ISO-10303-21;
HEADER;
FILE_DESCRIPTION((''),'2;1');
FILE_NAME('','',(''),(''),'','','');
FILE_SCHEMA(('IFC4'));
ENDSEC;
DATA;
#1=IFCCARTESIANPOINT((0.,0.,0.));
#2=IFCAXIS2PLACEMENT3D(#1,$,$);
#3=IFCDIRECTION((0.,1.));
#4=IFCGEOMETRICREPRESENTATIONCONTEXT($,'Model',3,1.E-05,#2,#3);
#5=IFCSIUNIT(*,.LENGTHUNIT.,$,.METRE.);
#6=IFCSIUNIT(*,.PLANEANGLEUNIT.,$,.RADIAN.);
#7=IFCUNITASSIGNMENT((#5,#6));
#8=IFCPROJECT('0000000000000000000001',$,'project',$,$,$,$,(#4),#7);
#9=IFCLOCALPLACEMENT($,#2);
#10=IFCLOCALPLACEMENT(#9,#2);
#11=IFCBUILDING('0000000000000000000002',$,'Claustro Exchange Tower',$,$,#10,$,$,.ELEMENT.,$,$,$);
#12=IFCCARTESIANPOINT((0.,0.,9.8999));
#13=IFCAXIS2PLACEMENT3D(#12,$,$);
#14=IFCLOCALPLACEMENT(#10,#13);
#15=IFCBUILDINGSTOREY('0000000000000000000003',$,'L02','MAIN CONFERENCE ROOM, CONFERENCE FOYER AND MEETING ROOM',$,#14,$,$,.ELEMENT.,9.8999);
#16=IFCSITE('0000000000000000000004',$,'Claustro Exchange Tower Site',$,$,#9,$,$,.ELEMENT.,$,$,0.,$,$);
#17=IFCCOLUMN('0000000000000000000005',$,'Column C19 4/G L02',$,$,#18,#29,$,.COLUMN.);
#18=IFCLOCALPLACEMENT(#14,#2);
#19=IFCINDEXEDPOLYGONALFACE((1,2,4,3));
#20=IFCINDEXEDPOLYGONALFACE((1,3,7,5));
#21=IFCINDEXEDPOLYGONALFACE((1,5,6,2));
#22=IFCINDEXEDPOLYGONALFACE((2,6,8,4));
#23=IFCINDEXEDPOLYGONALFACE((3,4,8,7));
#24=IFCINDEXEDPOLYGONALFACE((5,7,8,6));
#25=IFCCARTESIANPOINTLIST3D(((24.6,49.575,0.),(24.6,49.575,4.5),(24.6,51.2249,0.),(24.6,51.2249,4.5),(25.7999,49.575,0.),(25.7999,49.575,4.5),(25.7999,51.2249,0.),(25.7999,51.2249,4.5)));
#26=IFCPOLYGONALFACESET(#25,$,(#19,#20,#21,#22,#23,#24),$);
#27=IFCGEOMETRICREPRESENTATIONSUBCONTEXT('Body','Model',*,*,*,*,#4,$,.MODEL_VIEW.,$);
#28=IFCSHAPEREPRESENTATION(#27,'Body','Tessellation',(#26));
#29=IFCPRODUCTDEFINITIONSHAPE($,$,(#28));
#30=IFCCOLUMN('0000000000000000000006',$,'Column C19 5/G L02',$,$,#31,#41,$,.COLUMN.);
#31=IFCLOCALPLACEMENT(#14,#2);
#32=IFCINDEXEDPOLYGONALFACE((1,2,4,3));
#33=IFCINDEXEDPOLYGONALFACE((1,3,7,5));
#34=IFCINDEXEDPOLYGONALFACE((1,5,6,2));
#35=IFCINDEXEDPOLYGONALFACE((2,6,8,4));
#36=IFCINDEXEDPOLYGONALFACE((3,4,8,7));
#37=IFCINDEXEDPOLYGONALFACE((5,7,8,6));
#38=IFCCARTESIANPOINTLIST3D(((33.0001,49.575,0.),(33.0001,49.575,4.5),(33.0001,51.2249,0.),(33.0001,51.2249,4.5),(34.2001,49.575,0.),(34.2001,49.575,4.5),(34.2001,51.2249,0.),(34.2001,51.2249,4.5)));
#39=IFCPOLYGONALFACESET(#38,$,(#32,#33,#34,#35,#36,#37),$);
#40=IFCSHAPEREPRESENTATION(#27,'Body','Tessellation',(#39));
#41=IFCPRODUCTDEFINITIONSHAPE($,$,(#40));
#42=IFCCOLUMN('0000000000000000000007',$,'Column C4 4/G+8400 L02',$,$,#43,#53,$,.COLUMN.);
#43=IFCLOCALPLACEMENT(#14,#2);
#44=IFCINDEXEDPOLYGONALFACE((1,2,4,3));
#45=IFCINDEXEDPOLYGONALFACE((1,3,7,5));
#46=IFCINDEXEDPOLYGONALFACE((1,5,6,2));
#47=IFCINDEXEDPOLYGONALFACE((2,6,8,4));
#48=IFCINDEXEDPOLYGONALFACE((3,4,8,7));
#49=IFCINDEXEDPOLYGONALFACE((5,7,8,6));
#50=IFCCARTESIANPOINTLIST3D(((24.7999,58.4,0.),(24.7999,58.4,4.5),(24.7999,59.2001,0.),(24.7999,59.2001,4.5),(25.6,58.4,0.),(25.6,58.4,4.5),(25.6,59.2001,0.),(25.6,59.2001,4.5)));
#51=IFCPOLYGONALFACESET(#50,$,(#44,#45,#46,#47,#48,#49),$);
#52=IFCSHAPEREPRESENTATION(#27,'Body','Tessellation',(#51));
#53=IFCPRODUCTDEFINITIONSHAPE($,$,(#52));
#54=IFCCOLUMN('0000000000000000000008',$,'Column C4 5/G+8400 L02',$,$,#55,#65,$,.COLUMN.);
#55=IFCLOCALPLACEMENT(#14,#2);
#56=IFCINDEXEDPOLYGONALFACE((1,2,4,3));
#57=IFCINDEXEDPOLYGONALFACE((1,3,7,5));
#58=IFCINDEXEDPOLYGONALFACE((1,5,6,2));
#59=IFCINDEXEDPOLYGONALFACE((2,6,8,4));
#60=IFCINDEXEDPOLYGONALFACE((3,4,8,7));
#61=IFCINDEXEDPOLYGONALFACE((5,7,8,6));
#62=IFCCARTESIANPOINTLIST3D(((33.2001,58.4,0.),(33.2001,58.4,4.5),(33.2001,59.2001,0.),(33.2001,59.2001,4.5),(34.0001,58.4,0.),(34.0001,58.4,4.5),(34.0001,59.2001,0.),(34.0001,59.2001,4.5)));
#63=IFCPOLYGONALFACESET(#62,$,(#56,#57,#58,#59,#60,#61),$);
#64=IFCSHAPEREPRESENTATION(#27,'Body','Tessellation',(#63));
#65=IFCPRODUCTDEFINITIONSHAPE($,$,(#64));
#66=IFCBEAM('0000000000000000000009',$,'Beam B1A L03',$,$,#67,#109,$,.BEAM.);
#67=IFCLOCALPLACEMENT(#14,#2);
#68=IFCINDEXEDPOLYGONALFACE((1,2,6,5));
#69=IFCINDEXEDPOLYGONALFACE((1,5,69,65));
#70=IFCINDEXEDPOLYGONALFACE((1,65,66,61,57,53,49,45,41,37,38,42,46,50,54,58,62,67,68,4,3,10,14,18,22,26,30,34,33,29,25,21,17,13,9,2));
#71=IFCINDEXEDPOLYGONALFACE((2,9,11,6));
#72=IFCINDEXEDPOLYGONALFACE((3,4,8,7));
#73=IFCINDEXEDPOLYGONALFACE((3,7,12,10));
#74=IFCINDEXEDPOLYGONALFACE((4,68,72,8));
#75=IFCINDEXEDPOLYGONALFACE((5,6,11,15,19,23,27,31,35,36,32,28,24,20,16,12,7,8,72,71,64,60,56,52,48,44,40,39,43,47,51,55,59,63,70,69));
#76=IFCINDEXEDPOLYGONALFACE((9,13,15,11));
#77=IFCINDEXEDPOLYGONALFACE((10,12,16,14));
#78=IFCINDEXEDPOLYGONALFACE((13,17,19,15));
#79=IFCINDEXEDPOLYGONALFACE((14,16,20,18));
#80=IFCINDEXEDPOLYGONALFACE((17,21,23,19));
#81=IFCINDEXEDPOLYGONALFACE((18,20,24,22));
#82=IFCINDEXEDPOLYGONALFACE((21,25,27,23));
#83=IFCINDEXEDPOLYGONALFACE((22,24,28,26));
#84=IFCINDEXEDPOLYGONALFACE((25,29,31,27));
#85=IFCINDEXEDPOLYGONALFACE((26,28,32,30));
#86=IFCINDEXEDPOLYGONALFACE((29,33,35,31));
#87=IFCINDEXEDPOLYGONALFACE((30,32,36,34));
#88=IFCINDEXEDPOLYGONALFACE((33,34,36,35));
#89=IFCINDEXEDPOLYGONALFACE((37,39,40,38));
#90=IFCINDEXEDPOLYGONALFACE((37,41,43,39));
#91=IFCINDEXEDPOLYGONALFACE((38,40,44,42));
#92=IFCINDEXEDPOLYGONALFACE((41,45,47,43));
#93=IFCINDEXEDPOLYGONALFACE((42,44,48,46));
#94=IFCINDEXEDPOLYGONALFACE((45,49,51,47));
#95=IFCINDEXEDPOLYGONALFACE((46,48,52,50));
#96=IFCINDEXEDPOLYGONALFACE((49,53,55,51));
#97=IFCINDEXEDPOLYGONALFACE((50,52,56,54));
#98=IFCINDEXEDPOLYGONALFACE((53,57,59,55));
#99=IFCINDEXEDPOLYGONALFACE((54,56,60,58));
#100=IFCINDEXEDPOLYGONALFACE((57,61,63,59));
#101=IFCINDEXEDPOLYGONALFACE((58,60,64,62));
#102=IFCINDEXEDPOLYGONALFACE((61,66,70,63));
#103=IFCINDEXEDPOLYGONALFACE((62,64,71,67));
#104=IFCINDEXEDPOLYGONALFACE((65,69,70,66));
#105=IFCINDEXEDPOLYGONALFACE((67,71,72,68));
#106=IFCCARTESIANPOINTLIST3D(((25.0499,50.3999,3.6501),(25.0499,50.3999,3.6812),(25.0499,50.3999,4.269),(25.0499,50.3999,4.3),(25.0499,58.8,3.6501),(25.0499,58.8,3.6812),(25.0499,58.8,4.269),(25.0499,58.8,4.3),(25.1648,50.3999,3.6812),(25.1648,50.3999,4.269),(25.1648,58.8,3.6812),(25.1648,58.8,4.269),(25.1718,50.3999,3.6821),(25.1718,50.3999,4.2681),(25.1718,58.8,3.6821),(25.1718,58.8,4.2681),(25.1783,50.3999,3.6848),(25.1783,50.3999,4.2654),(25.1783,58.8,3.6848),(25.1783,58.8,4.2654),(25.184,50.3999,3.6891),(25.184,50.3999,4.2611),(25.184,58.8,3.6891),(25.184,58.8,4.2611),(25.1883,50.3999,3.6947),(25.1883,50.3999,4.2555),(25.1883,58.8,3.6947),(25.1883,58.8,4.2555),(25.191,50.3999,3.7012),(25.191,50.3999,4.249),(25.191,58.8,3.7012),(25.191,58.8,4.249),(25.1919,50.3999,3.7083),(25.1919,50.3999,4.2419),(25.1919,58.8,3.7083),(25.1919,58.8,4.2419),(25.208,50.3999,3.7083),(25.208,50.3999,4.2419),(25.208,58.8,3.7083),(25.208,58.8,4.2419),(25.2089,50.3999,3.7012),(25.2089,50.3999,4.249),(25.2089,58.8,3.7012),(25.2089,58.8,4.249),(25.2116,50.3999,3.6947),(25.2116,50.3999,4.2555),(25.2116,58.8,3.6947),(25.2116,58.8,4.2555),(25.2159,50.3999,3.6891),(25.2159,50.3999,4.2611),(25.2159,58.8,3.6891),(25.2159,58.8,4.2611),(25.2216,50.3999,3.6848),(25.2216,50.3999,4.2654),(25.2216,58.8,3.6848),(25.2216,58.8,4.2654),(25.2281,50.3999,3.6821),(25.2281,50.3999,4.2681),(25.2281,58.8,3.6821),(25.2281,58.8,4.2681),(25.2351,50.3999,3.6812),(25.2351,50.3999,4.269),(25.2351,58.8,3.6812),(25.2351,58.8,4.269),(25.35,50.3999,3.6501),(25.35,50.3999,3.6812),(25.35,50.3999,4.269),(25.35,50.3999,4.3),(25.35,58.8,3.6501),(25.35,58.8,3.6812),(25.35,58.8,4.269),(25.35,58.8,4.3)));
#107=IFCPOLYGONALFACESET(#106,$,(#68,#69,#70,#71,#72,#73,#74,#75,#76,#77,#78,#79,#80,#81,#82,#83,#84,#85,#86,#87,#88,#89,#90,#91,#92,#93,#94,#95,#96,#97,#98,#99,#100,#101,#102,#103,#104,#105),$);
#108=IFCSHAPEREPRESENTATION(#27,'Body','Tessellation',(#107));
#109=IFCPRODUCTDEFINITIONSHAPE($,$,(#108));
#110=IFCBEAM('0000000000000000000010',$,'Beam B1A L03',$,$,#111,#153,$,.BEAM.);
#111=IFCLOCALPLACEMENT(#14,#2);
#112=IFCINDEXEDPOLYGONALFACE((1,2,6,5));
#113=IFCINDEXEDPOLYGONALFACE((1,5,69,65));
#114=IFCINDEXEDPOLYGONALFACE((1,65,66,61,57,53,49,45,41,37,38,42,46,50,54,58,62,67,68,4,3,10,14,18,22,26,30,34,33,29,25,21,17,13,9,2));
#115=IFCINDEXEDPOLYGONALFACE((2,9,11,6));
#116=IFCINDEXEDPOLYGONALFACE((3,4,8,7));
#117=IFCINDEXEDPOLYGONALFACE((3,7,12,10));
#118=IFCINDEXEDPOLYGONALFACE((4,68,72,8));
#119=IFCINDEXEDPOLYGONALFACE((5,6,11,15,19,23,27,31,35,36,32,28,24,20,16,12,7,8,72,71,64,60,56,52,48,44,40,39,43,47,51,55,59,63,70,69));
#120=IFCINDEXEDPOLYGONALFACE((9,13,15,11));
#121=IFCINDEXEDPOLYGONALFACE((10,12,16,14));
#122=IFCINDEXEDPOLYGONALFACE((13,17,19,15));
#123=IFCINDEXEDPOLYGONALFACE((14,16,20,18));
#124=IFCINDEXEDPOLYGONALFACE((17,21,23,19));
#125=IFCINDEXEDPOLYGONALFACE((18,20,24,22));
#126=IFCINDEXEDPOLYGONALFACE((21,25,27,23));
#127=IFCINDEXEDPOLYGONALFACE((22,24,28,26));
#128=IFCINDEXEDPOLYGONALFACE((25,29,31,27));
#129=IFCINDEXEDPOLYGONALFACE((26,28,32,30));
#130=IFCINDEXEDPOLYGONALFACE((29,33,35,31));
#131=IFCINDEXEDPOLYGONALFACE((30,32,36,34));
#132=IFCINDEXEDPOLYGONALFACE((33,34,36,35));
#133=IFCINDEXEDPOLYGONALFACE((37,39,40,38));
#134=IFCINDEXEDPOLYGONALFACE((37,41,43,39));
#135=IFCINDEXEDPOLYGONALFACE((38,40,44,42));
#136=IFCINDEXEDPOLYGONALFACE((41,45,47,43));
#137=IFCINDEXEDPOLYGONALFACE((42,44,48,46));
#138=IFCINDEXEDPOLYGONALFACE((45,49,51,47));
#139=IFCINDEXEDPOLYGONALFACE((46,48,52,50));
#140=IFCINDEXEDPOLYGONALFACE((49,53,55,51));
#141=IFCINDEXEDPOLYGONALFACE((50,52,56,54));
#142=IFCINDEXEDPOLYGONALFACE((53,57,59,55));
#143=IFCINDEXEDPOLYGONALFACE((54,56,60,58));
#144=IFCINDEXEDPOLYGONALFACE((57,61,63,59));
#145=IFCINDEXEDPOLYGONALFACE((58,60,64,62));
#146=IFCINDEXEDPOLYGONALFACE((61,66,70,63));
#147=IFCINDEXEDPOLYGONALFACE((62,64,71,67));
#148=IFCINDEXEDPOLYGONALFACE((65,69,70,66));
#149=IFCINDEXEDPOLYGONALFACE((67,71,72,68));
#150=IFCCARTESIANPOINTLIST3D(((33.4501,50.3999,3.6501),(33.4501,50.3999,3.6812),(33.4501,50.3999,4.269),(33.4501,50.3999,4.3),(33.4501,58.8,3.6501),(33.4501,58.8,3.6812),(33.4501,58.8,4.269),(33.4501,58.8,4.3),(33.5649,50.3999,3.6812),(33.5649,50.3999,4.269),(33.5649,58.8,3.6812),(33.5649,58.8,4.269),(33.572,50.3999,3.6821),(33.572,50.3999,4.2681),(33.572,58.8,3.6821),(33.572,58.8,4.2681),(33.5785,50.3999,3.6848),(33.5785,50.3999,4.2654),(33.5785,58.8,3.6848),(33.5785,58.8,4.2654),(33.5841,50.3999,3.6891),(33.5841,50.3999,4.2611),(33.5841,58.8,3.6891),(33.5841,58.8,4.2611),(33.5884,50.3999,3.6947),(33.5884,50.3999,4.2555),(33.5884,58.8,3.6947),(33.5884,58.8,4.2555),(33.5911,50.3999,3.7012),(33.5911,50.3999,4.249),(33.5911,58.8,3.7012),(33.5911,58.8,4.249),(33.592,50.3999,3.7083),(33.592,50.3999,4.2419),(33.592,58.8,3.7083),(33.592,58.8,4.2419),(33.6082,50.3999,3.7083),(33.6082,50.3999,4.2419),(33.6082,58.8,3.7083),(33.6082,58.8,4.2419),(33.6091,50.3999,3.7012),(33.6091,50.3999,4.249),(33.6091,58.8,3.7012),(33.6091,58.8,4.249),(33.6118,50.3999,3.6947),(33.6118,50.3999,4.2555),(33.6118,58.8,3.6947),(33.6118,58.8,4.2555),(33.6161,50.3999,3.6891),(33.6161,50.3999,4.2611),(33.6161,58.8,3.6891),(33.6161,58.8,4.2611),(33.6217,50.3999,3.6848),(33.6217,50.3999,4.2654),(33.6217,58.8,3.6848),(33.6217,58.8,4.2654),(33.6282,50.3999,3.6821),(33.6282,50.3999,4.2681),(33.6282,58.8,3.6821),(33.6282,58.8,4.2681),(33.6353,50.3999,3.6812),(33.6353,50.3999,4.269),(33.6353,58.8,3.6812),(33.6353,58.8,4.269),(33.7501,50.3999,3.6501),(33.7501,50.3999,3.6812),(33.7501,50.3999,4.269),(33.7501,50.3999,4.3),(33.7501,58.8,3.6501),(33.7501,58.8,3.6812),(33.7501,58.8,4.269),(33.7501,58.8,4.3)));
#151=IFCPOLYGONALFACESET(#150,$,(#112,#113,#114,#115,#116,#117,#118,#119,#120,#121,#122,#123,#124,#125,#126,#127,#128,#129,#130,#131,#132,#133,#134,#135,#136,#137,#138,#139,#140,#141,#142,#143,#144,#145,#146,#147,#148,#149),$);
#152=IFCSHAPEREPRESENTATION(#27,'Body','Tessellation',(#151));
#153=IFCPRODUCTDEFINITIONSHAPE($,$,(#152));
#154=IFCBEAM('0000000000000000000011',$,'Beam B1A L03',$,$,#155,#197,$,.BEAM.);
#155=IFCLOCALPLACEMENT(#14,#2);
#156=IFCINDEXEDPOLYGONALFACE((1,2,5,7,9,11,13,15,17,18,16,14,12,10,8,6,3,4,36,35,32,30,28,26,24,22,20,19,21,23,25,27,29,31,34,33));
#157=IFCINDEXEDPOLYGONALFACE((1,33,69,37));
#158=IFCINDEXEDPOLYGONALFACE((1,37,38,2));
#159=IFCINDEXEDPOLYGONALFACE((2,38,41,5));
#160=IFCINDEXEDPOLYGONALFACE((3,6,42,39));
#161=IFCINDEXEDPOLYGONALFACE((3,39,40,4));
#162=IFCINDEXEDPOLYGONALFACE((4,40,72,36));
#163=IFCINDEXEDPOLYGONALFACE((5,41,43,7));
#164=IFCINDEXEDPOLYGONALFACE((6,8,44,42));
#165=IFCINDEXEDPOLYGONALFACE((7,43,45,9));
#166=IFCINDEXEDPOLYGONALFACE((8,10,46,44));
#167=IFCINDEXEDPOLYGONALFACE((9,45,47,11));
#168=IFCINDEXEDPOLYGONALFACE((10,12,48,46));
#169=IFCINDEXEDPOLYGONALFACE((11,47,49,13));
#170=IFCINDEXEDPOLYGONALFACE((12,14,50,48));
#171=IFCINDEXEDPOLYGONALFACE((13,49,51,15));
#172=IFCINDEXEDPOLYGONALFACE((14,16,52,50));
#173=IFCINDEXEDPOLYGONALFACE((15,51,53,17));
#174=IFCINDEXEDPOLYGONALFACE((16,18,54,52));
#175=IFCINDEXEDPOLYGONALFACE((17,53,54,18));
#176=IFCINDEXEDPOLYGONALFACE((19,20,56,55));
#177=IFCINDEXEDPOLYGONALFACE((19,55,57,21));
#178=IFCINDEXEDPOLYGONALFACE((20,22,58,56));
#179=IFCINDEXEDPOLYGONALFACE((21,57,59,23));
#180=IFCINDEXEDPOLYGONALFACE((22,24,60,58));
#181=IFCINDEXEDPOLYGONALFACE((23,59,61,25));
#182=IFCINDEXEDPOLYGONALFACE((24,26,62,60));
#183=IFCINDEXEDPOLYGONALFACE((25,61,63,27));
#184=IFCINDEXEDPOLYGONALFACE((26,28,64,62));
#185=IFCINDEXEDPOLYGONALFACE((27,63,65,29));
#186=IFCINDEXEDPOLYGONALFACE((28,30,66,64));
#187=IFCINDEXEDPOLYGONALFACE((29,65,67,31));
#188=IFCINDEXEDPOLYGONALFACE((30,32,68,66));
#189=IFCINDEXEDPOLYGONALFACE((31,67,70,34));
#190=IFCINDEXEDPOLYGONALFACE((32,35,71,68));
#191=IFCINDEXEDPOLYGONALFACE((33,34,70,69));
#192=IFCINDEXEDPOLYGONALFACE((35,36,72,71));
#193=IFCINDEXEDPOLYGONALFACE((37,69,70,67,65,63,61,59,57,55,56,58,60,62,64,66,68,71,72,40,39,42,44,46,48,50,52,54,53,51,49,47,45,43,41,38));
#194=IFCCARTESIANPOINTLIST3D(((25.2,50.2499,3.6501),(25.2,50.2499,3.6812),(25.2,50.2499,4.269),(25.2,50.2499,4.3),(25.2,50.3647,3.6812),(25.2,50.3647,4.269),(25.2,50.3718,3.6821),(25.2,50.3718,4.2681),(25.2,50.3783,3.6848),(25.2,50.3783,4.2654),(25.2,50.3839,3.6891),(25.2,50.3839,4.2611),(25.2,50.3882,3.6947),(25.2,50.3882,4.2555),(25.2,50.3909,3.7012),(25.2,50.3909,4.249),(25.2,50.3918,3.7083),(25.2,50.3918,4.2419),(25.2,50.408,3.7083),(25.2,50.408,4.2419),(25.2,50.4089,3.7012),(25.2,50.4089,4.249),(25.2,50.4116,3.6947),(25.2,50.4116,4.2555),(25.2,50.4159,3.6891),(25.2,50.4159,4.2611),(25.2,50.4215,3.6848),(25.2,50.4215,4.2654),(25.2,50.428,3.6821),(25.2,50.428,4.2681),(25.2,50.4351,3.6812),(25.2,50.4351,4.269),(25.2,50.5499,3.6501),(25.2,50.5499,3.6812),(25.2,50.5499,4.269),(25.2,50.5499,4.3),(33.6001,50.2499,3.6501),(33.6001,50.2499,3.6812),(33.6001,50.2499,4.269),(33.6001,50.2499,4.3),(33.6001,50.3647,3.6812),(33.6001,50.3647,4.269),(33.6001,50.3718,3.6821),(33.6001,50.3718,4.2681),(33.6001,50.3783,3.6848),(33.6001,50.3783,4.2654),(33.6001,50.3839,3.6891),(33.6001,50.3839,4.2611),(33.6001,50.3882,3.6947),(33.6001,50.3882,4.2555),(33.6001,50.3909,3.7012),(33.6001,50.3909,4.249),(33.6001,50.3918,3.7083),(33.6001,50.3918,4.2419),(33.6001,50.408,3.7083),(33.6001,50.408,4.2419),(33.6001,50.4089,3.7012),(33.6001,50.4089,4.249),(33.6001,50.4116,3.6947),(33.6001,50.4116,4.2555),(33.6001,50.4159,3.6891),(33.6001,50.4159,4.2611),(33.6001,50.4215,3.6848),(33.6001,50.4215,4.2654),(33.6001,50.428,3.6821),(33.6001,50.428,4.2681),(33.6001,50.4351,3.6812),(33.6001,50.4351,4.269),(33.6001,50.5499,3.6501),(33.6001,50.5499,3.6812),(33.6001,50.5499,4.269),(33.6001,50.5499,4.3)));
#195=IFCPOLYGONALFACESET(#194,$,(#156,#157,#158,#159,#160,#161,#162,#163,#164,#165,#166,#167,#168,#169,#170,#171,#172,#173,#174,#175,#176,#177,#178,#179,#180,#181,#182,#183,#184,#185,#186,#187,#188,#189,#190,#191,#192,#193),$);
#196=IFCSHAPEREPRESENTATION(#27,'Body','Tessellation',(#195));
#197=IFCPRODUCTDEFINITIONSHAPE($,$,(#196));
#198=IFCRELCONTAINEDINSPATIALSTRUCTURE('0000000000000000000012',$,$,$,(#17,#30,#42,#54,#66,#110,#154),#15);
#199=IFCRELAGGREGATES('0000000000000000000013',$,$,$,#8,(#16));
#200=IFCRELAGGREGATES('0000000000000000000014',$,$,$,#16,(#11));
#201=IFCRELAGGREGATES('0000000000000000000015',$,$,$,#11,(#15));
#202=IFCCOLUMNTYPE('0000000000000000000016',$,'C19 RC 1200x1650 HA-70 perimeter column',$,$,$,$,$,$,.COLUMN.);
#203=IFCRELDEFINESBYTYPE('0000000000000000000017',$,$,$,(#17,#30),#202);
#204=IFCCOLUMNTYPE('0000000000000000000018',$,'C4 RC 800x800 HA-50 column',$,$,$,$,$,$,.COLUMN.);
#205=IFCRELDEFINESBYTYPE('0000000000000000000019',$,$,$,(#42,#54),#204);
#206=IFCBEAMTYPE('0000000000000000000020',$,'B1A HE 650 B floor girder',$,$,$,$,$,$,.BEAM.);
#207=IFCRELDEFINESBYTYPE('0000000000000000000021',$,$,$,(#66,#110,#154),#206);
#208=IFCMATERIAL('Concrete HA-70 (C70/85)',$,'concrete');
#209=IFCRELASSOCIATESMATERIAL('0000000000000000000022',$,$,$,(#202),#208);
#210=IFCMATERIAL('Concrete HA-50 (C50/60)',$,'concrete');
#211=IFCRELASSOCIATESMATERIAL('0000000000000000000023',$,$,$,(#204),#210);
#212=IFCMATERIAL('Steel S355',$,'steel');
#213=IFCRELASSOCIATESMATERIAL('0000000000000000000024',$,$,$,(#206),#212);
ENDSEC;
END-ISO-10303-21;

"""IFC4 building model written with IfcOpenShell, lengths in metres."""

from ifc_helpers import new_model, si_unit, direction, frame, origin, origin_2d, place, context, subcontext, project, spatial, rectangle, i_section, extrude, material, material_profile, profile_set, type_object, element, save


model = new_model("IFC4")

# Units and contexts
model_context = context("Model", 3, precision=1e-05, world=origin(), true_north=direction((0.0, 1.0)))
body_context = subcontext(model_context, "Body", "Model", "MODEL_VIEW")
ifc_project = project(units=[si_unit("LENGTHUNIT", "METRE"), si_unit("PLANEANGLEUNIT", "RADIAN")], contexts=[model_context])

# Site, building, storey
site_placement = place(None, origin())
site = spatial("IfcSite", under=ifc_project, at=site_placement, Name="Claustro Exchange Tower Site", CompositionType="ELEMENT", RefElevation=0.0)
building_placement = place(site_placement, origin())
building = spatial("IfcBuilding", under=site, at=building_placement, Name="Claustro Exchange Tower", CompositionType="ELEMENT")
storey_placement = place(building_placement, frame((0.0, 0.0, 9.8999)))
storey = spatial("IfcBuildingStorey", under=building, at=storey_placement, Name="L02", Description="MAIN CONFERENCE ROOM, CONFERENCE FOYER AND MEETING ROOM", CompositionType="ELEMENT", Elevation=9.8999)

# Columns
ifc_material_1 = material(Name="Concrete HA-70 (C70/85)", Category="concrete")
ifc_material_profile_1 = material_profile(ifc_material_1, rectangle(XDim=1.2, YDim=1.6499, at=origin_2d()), Name="RC 1200x1650")
ifc_profile_set_1 = profile_set([ifc_material_profile_1], Name="Concrete HA-70 (C70/85)")
column_type_1 = type_object("IfcColumnType", Name="C19 RC 1200x1650 HA-70 perimeter column", PredefinedType="COLUMN", material=ifc_profile_set_1)
for number, where, z_axis, x_axis, name in (
    (1, (25.2, 50.3999, 0.0), (0.0, 0.0, 1.0), (1.0, 0.0, 0.0), "Column C19 4/G L02"),
    (2, (33.6001, 50.3999, 0.0), (0.0, 0.0, 1.0), (1.0, 0.0, 0.0), "Column C19 5/G L02"),
):
    element("IfcColumn", number, at=place(storey_placement, frame(where, z_axis=z_axis, x_axis=x_axis)), inside=storey, type_object=column_type_1, Name=name, PredefinedType="COLUMN", context=body_context, shape_type="SweptSolid", body=[
        extrude(rectangle(XDim=1.2, YDim=1.6499, at=origin_2d()), origin(), (0.0, 0.0, 1.0), 4.5),
    ])
ifc_material_2 = material(Name="Concrete HA-50 (C50/60)", Category="concrete")
ifc_material_profile_2 = material_profile(ifc_material_2, rectangle(XDim=0.8, YDim=0.8, at=origin_2d()), Name="RC 800x800")
ifc_profile_set_2 = profile_set([ifc_material_profile_2], Name="Concrete HA-50 (C50/60)")
column_type_2 = type_object("IfcColumnType", Name="C4 RC 800x800 HA-50 column", PredefinedType="COLUMN", material=ifc_profile_set_2)
for number, where, z_axis, x_axis, name in (
    (3, (25.2, 58.8, 0.0), (0.0, 0.0, 1.0), (1.0, 0.0, 0.0), "Column C4 4/G+8400 L02"),
    (4, (33.6001, 58.8, 0.0), (0.0, 0.0, 1.0), (1.0, 0.0, 0.0), "Column C4 5/G+8400 L02"),
):
    element("IfcColumn", number, at=place(storey_placement, frame(where, z_axis=z_axis, x_axis=x_axis)), inside=storey, type_object=column_type_2, Name=name, PredefinedType="COLUMN", context=body_context, shape_type="SweptSolid", body=[
        extrude(rectangle(XDim=0.8, YDim=0.8, at=origin_2d()), origin(), (0.0, 0.0, 1.0), 4.5),
    ])

# Beams
ifc_material_3 = material(Name="Steel S355", Category="steel")
ifc_material_profile_3 = material_profile(ifc_material_3, i_section(OverallWidth=0.3, OverallDepth=0.6499, WebThickness=0.0161, FlangeThickness=0.031, FilletRadius=0.0271, at=origin_2d()), Name="HE 650 B")
ifc_profile_set_3 = profile_set([ifc_material_profile_3], Name="Steel S355")
beam_type_1 = type_object("IfcBeamType", Name="B1A HE 650 B floor girder", PredefinedType="BEAM", material=ifc_profile_set_3)
for number, where, z_axis, x_axis, name in (
    (5, (25.2, 50.3999, 3.9751), (0.0, 1.0, 0.0), (-1.0, 0.0, 0.0), "Beam B1A L03"),
    (6, (33.6001, 50.3999, 3.9751), (0.0, 1.0, 0.0), (-1.0, 0.0, 0.0), "Beam B1A L03"),
    (7, (25.2, 50.3999, 3.9751), (1.0, 0.0, 0.0), (0.0, 1.0, 0.0), "Beam B1A L03"),
):
    element("IfcBeam", number, at=place(storey_placement, frame(where, z_axis=z_axis, x_axis=x_axis)), inside=storey, type_object=beam_type_1, Name=name, PredefinedType="BEAM", context=body_context, shape_type="SweptSolid", body=[
        extrude(i_section(OverallWidth=0.3, OverallDepth=0.6499, WebThickness=0.0161, FlangeThickness=0.031, FilletRadius=0.0271, at=origin_2d()), origin(), (0.0, 0.0, 1.0), 8.4001),
    ])

save(model, "model.ifc")
